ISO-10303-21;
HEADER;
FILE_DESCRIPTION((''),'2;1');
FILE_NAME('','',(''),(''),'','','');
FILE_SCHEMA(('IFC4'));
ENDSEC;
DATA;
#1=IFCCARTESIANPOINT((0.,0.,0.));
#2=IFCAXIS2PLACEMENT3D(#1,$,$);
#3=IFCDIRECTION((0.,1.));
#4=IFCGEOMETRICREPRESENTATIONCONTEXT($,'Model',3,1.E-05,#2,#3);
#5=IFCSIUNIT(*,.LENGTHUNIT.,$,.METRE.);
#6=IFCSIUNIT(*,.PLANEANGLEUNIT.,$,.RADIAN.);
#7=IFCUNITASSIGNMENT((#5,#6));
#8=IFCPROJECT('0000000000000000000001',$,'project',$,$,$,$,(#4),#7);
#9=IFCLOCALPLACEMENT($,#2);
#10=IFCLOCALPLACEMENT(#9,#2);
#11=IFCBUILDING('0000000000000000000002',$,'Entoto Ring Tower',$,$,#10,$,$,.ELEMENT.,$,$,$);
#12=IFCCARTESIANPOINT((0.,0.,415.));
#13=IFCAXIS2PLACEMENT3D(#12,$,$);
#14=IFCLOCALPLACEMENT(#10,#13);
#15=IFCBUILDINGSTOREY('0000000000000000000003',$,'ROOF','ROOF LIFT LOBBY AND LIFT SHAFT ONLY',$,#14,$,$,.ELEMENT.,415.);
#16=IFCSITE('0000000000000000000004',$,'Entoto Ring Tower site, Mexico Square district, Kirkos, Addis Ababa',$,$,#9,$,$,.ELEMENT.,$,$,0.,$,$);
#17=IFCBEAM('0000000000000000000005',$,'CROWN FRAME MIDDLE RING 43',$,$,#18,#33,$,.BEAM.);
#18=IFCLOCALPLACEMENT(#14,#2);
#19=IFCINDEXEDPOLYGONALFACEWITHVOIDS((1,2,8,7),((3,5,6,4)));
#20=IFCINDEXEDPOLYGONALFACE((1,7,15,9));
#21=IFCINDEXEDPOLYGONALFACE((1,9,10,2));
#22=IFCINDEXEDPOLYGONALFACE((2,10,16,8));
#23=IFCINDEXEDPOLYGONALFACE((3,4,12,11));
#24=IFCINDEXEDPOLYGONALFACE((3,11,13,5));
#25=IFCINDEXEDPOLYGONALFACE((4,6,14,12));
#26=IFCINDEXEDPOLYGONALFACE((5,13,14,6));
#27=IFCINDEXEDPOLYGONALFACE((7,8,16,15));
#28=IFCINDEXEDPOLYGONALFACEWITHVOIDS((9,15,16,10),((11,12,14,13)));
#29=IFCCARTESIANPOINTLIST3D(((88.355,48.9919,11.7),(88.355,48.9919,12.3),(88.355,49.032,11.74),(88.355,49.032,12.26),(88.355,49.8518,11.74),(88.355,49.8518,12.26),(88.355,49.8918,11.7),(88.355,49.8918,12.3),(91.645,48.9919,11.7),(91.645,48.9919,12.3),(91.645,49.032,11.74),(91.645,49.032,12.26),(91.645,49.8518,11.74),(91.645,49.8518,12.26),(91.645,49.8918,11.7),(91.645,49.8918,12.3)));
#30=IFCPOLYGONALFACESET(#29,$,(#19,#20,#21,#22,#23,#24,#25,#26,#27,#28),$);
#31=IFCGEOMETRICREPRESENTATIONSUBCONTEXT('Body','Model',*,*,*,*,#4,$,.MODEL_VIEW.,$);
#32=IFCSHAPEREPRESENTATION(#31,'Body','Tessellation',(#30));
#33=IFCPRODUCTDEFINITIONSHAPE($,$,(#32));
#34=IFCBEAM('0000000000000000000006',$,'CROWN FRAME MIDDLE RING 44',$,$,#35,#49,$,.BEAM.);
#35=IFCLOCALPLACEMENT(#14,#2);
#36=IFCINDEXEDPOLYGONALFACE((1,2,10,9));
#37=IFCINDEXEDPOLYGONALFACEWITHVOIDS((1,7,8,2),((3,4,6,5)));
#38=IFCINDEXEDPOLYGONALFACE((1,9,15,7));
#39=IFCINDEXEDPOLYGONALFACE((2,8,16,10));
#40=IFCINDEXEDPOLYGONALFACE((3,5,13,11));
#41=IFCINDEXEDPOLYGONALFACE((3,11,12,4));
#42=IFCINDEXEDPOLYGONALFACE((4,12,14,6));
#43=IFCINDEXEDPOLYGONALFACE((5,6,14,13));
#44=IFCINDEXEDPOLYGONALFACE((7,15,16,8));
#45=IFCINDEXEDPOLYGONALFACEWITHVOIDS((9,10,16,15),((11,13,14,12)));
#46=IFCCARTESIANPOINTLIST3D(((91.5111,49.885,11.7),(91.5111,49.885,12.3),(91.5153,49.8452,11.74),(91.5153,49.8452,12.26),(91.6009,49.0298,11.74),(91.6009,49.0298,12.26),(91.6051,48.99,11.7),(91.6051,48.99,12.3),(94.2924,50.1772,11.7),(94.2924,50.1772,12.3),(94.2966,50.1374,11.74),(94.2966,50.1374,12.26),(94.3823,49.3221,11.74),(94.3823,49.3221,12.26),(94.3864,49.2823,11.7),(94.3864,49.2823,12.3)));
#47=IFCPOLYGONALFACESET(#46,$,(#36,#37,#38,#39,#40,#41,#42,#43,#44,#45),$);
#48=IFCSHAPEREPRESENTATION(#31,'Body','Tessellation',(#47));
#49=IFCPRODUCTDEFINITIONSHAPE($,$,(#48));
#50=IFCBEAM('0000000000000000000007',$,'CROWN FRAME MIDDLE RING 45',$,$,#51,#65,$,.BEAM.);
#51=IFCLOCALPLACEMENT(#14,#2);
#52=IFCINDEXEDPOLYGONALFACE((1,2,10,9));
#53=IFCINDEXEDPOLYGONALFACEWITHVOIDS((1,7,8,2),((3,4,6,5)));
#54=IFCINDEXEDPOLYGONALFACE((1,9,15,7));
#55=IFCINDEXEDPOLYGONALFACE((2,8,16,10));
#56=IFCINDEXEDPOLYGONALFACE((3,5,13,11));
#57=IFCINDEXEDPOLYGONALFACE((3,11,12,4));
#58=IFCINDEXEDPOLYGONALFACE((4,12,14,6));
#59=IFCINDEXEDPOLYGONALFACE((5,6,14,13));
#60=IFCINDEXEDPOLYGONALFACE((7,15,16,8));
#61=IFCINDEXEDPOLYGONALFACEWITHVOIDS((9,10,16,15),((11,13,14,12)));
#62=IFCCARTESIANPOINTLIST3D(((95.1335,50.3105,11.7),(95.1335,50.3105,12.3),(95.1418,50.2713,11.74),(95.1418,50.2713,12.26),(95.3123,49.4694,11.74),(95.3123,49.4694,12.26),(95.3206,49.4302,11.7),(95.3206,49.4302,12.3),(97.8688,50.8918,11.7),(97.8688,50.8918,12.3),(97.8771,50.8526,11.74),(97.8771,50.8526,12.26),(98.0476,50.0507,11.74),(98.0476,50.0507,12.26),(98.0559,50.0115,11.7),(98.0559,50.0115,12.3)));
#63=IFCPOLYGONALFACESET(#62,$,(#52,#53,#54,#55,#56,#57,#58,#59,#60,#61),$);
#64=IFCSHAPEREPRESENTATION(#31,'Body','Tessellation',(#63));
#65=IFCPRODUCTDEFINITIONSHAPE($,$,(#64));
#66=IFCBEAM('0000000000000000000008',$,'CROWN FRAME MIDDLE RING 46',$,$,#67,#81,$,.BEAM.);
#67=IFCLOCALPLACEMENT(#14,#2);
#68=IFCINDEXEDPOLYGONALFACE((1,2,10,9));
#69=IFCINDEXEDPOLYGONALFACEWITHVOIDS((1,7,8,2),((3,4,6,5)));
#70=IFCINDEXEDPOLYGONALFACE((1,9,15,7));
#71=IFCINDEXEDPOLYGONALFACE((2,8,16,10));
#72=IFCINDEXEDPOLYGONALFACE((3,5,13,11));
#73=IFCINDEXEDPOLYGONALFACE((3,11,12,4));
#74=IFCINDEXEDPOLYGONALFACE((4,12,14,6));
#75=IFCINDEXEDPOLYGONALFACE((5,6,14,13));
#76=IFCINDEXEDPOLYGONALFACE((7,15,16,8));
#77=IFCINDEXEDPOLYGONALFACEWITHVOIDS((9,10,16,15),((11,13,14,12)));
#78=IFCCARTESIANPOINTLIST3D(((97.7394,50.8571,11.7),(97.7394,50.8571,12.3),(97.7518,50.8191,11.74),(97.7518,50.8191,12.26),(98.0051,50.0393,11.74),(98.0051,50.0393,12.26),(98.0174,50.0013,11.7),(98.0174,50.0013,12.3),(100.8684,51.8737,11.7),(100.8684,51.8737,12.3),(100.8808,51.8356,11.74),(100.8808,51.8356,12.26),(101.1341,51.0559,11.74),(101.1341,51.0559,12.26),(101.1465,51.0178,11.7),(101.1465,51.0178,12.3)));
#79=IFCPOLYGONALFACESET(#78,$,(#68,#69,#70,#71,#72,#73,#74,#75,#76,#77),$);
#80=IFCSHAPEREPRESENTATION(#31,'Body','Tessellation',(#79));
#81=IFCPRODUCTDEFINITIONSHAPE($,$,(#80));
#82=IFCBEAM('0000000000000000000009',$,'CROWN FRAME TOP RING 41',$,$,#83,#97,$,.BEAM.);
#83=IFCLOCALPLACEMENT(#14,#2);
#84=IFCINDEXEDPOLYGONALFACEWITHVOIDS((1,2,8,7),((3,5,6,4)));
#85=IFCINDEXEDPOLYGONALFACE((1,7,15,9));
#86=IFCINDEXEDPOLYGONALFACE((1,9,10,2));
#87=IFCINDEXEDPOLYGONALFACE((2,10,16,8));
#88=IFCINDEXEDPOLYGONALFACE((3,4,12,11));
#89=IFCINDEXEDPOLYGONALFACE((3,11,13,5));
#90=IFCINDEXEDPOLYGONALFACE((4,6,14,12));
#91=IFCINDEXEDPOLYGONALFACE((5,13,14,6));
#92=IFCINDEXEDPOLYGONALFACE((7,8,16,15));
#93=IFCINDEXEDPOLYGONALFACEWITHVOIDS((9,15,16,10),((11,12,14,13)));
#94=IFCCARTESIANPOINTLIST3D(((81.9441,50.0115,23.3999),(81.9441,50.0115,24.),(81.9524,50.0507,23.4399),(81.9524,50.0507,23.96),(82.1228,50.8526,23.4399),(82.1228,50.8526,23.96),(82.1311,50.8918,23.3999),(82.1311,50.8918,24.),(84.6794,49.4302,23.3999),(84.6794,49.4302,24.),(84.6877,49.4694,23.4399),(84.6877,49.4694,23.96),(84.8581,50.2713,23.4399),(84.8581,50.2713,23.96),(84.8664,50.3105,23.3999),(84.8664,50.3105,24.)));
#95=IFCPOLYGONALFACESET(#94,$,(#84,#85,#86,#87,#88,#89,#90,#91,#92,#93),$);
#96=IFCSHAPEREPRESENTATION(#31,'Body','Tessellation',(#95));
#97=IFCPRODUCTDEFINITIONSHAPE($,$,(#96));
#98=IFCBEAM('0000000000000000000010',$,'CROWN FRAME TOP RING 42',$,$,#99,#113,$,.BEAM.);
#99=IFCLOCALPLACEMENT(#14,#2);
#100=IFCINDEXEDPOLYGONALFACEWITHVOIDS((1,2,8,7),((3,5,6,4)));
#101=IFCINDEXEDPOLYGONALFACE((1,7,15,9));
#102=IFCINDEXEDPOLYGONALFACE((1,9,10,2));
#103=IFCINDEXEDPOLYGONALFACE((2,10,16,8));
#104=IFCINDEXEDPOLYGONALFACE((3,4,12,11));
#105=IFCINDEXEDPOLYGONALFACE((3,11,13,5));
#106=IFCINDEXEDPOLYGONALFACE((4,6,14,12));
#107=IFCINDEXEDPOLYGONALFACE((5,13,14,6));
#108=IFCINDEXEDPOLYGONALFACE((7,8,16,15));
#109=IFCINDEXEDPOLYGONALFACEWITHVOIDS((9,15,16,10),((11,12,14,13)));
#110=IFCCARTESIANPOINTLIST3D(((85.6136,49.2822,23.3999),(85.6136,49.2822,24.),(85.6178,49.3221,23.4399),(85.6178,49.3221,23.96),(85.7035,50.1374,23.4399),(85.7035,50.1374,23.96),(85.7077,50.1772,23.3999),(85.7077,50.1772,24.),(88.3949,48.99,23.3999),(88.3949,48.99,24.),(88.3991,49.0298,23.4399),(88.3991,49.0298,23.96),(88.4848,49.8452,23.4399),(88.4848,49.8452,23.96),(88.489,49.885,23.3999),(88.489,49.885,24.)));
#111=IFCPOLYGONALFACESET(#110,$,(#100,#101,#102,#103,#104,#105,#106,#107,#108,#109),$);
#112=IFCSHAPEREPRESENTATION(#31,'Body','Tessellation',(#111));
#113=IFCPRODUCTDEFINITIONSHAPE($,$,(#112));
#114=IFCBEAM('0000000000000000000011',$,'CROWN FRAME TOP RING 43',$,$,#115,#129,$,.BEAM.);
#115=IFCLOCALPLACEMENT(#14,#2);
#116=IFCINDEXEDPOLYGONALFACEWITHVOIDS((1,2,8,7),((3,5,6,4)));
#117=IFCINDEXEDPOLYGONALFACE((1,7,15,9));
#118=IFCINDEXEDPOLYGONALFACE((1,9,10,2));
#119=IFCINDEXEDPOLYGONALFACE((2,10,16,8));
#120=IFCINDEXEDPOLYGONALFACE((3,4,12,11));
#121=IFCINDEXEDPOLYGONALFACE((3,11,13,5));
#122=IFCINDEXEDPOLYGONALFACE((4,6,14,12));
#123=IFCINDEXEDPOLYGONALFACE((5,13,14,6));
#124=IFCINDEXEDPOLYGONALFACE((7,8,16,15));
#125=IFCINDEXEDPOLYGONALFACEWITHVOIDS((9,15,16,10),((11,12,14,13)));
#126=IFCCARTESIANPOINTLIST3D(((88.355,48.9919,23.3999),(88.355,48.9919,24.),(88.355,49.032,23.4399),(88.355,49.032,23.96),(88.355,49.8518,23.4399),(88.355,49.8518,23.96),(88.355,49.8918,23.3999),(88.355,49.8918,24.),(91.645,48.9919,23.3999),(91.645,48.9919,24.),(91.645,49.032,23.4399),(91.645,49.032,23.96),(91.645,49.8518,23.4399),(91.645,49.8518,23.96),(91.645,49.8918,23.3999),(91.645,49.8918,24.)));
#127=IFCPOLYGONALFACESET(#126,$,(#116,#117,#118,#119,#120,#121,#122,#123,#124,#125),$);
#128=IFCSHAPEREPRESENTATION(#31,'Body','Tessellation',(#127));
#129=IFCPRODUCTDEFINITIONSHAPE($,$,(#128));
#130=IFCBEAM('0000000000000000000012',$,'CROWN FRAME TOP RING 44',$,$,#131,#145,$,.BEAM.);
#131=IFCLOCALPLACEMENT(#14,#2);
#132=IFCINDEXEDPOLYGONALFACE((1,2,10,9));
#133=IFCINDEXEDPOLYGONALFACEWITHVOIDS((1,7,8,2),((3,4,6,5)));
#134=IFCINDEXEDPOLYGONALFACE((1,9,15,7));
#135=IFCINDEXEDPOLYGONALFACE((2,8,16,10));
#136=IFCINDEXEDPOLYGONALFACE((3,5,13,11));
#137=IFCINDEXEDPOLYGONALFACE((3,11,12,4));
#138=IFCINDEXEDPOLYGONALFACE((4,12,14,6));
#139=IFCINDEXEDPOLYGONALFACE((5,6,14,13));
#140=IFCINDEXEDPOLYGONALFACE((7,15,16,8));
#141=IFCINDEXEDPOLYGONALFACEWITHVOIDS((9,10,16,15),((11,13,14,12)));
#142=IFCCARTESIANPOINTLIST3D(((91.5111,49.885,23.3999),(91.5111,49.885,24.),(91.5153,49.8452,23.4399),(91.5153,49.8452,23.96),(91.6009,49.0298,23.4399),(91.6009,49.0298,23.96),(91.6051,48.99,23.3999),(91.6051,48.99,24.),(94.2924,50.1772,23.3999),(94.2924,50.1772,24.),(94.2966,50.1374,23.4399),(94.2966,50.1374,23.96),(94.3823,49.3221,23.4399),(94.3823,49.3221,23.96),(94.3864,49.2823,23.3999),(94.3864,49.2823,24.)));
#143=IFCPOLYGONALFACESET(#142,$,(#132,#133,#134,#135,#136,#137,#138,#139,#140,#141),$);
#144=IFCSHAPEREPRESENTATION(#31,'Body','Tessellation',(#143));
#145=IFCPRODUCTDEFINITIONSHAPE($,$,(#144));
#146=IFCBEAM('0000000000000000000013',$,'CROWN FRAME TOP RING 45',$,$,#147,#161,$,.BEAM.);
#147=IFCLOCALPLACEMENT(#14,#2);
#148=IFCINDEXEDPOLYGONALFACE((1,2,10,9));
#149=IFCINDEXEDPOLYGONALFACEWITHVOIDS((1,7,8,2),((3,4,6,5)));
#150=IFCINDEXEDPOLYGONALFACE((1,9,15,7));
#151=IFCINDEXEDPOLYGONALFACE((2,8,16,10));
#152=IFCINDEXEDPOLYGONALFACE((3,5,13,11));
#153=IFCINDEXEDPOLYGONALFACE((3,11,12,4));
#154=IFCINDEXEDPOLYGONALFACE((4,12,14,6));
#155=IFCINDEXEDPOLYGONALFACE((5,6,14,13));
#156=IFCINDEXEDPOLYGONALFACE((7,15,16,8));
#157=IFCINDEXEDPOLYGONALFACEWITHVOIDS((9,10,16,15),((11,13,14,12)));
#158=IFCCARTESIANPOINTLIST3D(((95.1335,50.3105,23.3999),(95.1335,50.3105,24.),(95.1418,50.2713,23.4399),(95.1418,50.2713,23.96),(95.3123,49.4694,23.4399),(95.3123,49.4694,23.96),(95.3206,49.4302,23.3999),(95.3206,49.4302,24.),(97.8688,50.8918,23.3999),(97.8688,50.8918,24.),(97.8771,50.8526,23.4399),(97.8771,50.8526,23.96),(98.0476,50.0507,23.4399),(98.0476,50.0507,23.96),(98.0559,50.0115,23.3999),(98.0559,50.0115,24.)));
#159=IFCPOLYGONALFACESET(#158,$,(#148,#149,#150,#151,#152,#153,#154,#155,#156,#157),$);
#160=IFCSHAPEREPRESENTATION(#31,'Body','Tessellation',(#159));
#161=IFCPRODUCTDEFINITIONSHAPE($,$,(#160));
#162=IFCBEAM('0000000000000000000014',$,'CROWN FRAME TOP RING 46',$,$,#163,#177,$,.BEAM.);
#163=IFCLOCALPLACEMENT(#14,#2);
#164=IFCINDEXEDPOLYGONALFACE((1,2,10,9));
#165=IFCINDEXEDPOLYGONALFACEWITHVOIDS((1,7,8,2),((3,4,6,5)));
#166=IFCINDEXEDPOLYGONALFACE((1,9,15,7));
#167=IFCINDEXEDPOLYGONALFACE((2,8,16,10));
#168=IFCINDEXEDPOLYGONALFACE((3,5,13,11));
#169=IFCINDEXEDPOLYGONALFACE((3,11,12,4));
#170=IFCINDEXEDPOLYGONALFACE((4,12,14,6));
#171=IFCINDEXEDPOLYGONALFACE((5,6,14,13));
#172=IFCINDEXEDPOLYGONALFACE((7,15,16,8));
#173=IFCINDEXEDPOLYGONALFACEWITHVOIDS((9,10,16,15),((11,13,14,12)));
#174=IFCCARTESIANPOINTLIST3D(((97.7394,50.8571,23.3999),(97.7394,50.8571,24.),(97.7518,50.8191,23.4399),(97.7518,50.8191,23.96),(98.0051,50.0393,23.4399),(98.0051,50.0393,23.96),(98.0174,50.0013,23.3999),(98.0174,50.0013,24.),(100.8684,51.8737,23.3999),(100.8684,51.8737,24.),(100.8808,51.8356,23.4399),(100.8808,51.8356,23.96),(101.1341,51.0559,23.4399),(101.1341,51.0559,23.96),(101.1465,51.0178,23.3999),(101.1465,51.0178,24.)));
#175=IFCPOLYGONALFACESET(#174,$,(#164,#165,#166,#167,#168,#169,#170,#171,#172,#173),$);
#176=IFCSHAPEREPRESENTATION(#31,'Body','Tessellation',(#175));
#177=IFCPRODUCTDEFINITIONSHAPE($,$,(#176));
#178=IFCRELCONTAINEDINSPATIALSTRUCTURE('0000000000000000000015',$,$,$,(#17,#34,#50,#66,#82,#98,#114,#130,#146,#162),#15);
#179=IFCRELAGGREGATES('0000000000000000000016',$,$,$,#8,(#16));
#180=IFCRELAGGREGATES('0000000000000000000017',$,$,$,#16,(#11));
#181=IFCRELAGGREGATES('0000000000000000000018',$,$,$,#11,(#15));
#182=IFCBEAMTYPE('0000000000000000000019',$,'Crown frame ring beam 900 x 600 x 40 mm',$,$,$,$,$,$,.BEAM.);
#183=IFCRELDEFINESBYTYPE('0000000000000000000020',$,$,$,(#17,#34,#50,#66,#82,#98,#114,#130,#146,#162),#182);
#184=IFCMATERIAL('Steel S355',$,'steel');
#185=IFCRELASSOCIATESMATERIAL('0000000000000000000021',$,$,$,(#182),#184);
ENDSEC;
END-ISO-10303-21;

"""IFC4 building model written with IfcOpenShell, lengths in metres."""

from ifc_helpers import new_model, si_unit, direction, frame, origin, origin_2d, place, context, subcontext, project, spatial, hollow_rectangle, extrude, material, material_profile, profile_set, type_object, element, save


model = new_model("IFC4")

# Units and contexts
model_context = context("Model", 3, precision=1e-05, world=origin(), true_north=direction((0.0, 1.0)))
body_context = subcontext(model_context, "Body", "Model", "MODEL_VIEW")
ifc_project = project(units=[si_unit("LENGTHUNIT", "METRE"), si_unit("PLANEANGLEUNIT", "RADIAN")], contexts=[model_context])

# Site, building, storey
site_placement = place(None, origin())
site = spatial("IfcSite", under=ifc_project, at=site_placement, Name="Entoto Ring Tower site, Mexico Square district, Kirkos, Addis Ababa", CompositionType="ELEMENT", RefElevation=0.0)
building_placement = place(site_placement, origin())
building = spatial("IfcBuilding", under=site, at=building_placement, Name="Entoto Ring Tower", CompositionType="ELEMENT")
storey_placement = place(building_placement, frame((0.0, 0.0, 415.0)))
storey = spatial("IfcBuildingStorey", under=building, at=storey_placement, Name="ROOF", Description="ROOF LIFT LOBBY AND LIFT SHAFT ONLY", CompositionType="ELEMENT", Elevation=415.0)

# Beams
ifc_material_1 = material(Name="Steel S355", Category="steel")
ifc_material_profile_1 = material_profile(ifc_material_1, hollow_rectangle(XDim=0.8999, YDim=0.6001, WallThickness=0.04, at=origin_2d()), Name="Crown frame ring beam 900 x 600 x 40 mm")
ifc_profile_set_1 = profile_set([ifc_material_profile_1], Name="Steel S355")
beam_type_1 = type_object("IfcBeamType", Name="Crown frame ring beam 900 x 600 x 40 mm", PredefinedType="BEAM", material=ifc_profile_set_1)
beam_1_placement = place(storey_placement, frame((88.355, 49.4419, 12.0), z_axis=(1.0, 0.0, 0.0), x_axis=(0.0, 1.0, 0.0)))
element("IfcBeam", 1, at=beam_1_placement, inside=storey, type_object=beam_type_1, Name="CROWN FRAME MIDDLE RING 43", PredefinedType="BEAM", context=body_context, shape_type="SweptSolid", body=[
    extrude(hollow_rectangle(XDim=0.8999, YDim=0.6001, WallThickness=0.04, at=origin_2d()), origin(), (0.0, 0.0, 1.0), 3.29),
])
beam_2_placement = place(storey_placement, frame((91.5581, 49.4375, 12.0), z_axis=(0.994525, 0.104498, 0.0), x_axis=(-0.104498, 0.994525, 0.0)))
element("IfcBeam", 2, at=beam_2_placement, inside=storey, type_object=beam_type_1, Name="CROWN FRAME MIDDLE RING 44", PredefinedType="BEAM", context=body_context, shape_type="SweptSolid", body=[
    extrude(hollow_rectangle(XDim=0.8999, YDim=0.6001, WallThickness=0.04, at=origin_2d()), origin(), (0.0, 0.0, 1.0), 2.7966),
])
beam_3_placement = place(storey_placement, frame((95.2271, 49.8704, 12.0), z_axis=(0.978156, 0.207871, 0.0), x_axis=(-0.207871, 0.978156, 0.0)))
element("IfcBeam", 3, at=beam_3_placement, inside=storey, type_object=beam_type_1, Name="CROWN FRAME MIDDLE RING 45", PredefinedType="BEAM", context=body_context, shape_type="SweptSolid", body=[
    extrude(hollow_rectangle(XDim=0.8999, YDim=0.6001, WallThickness=0.04, at=origin_2d()), origin(), (0.0, 0.0, 1.0), 2.7964),
])
beam_4_placement = place(storey_placement, frame((97.8784, 50.4292, 12.0), z_axis=(0.951067, 0.308984, 0.0), x_axis=(-0.308984, 0.951067, 0.0)))
element("IfcBeam", 4, at=beam_4_placement, inside=storey, type_object=beam_type_1, Name="CROWN FRAME MIDDLE RING 46", PredefinedType="BEAM", context=body_context, shape_type="SweptSolid", body=[
    extrude(hollow_rectangle(XDim=0.8999, YDim=0.6001, WallThickness=0.04, at=origin_2d()), origin(), (0.0, 0.0, 1.0), 3.29),
])
beam_5_placement = place(storey_placement, frame((82.0376, 50.4517, 23.7), z_axis=(0.978156, -0.207871, 0.0), x_axis=(0.207871, 0.978156, 0.0)))
element("IfcBeam", 5, at=beam_5_placement, inside=storey, type_object=beam_type_1, Name="CROWN FRAME TOP RING 41", PredefinedType="BEAM", context=body_context, shape_type="SweptSolid", body=[
    extrude(hollow_rectangle(XDim=0.8999, YDim=0.6001, WallThickness=0.04, at=origin_2d()), origin(), (0.0, 0.0, 1.0), 2.7964),
])
beam_6_placement = place(storey_placement, frame((85.6606, 49.7297, 23.7), z_axis=(0.994525, -0.104498, 0.0), x_axis=(0.104498, 0.994525, 0.0)))
element("IfcBeam", 6, at=beam_6_placement, inside=storey, type_object=beam_type_1, Name="CROWN FRAME TOP RING 42", PredefinedType="BEAM", context=body_context, shape_type="SweptSolid", body=[
    extrude(hollow_rectangle(XDim=0.8999, YDim=0.6001, WallThickness=0.04, at=origin_2d()), origin(), (0.0, 0.0, 1.0), 2.7966),
])
beam_7_placement = place(storey_placement, frame((88.355, 49.4419, 23.7), z_axis=(1.0, 0.0, 0.0), x_axis=(0.0, 1.0, 0.0)))
element("IfcBeam", 7, at=beam_7_placement, inside=storey, type_object=beam_type_1, Name="CROWN FRAME TOP RING 43", PredefinedType="BEAM", context=body_context, shape_type="SweptSolid", body=[
    extrude(hollow_rectangle(XDim=0.8999, YDim=0.6001, WallThickness=0.04, at=origin_2d()), origin(), (0.0, 0.0, 1.0), 3.29),
])
beam_8_placement = place(storey_placement, frame((91.5581, 49.4375, 23.7), z_axis=(0.994525, 0.104498, 0.0), x_axis=(-0.104498, 0.994525, 0.0)))
element("IfcBeam", 8, at=beam_8_placement, inside=storey, type_object=beam_type_1, Name="CROWN FRAME TOP RING 44", PredefinedType="BEAM", context=body_context, shape_type="SweptSolid", body=[
    extrude(hollow_rectangle(XDim=0.8999, YDim=0.6001, WallThickness=0.04, at=origin_2d()), origin(), (0.0, 0.0, 1.0), 2.7966),
])
beam_9_placement = place(storey_placement, frame((95.2271, 49.8704, 23.7), z_axis=(0.978156, 0.207871, 0.0), x_axis=(-0.207871, 0.978156, 0.0)))
element("IfcBeam", 9, at=beam_9_placement, inside=storey, type_object=beam_type_1, Name="CROWN FRAME TOP RING 45", PredefinedType="BEAM", context=body_context, shape_type="SweptSolid", body=[
    extrude(hollow_rectangle(XDim=0.8999, YDim=0.6001, WallThickness=0.04, at=origin_2d()), origin(), (0.0, 0.0, 1.0), 2.7964),
])
beam_10_placement = place(storey_placement, frame((97.8784, 50.4292, 23.7), z_axis=(0.951067, 0.308984, 0.0), x_axis=(-0.308984, 0.951067, 0.0)))
element("IfcBeam", 10, at=beam_10_placement, inside=storey, type_object=beam_type_1, Name="CROWN FRAME TOP RING 46", PredefinedType="BEAM", context=body_context, shape_type="SweptSolid", body=[
    extrude(hollow_rectangle(XDim=0.8999, YDim=0.6001, WallThickness=0.04, at=origin_2d()), origin(), (0.0, 0.0, 1.0), 3.29),
])

save(model, "model.ifc")
